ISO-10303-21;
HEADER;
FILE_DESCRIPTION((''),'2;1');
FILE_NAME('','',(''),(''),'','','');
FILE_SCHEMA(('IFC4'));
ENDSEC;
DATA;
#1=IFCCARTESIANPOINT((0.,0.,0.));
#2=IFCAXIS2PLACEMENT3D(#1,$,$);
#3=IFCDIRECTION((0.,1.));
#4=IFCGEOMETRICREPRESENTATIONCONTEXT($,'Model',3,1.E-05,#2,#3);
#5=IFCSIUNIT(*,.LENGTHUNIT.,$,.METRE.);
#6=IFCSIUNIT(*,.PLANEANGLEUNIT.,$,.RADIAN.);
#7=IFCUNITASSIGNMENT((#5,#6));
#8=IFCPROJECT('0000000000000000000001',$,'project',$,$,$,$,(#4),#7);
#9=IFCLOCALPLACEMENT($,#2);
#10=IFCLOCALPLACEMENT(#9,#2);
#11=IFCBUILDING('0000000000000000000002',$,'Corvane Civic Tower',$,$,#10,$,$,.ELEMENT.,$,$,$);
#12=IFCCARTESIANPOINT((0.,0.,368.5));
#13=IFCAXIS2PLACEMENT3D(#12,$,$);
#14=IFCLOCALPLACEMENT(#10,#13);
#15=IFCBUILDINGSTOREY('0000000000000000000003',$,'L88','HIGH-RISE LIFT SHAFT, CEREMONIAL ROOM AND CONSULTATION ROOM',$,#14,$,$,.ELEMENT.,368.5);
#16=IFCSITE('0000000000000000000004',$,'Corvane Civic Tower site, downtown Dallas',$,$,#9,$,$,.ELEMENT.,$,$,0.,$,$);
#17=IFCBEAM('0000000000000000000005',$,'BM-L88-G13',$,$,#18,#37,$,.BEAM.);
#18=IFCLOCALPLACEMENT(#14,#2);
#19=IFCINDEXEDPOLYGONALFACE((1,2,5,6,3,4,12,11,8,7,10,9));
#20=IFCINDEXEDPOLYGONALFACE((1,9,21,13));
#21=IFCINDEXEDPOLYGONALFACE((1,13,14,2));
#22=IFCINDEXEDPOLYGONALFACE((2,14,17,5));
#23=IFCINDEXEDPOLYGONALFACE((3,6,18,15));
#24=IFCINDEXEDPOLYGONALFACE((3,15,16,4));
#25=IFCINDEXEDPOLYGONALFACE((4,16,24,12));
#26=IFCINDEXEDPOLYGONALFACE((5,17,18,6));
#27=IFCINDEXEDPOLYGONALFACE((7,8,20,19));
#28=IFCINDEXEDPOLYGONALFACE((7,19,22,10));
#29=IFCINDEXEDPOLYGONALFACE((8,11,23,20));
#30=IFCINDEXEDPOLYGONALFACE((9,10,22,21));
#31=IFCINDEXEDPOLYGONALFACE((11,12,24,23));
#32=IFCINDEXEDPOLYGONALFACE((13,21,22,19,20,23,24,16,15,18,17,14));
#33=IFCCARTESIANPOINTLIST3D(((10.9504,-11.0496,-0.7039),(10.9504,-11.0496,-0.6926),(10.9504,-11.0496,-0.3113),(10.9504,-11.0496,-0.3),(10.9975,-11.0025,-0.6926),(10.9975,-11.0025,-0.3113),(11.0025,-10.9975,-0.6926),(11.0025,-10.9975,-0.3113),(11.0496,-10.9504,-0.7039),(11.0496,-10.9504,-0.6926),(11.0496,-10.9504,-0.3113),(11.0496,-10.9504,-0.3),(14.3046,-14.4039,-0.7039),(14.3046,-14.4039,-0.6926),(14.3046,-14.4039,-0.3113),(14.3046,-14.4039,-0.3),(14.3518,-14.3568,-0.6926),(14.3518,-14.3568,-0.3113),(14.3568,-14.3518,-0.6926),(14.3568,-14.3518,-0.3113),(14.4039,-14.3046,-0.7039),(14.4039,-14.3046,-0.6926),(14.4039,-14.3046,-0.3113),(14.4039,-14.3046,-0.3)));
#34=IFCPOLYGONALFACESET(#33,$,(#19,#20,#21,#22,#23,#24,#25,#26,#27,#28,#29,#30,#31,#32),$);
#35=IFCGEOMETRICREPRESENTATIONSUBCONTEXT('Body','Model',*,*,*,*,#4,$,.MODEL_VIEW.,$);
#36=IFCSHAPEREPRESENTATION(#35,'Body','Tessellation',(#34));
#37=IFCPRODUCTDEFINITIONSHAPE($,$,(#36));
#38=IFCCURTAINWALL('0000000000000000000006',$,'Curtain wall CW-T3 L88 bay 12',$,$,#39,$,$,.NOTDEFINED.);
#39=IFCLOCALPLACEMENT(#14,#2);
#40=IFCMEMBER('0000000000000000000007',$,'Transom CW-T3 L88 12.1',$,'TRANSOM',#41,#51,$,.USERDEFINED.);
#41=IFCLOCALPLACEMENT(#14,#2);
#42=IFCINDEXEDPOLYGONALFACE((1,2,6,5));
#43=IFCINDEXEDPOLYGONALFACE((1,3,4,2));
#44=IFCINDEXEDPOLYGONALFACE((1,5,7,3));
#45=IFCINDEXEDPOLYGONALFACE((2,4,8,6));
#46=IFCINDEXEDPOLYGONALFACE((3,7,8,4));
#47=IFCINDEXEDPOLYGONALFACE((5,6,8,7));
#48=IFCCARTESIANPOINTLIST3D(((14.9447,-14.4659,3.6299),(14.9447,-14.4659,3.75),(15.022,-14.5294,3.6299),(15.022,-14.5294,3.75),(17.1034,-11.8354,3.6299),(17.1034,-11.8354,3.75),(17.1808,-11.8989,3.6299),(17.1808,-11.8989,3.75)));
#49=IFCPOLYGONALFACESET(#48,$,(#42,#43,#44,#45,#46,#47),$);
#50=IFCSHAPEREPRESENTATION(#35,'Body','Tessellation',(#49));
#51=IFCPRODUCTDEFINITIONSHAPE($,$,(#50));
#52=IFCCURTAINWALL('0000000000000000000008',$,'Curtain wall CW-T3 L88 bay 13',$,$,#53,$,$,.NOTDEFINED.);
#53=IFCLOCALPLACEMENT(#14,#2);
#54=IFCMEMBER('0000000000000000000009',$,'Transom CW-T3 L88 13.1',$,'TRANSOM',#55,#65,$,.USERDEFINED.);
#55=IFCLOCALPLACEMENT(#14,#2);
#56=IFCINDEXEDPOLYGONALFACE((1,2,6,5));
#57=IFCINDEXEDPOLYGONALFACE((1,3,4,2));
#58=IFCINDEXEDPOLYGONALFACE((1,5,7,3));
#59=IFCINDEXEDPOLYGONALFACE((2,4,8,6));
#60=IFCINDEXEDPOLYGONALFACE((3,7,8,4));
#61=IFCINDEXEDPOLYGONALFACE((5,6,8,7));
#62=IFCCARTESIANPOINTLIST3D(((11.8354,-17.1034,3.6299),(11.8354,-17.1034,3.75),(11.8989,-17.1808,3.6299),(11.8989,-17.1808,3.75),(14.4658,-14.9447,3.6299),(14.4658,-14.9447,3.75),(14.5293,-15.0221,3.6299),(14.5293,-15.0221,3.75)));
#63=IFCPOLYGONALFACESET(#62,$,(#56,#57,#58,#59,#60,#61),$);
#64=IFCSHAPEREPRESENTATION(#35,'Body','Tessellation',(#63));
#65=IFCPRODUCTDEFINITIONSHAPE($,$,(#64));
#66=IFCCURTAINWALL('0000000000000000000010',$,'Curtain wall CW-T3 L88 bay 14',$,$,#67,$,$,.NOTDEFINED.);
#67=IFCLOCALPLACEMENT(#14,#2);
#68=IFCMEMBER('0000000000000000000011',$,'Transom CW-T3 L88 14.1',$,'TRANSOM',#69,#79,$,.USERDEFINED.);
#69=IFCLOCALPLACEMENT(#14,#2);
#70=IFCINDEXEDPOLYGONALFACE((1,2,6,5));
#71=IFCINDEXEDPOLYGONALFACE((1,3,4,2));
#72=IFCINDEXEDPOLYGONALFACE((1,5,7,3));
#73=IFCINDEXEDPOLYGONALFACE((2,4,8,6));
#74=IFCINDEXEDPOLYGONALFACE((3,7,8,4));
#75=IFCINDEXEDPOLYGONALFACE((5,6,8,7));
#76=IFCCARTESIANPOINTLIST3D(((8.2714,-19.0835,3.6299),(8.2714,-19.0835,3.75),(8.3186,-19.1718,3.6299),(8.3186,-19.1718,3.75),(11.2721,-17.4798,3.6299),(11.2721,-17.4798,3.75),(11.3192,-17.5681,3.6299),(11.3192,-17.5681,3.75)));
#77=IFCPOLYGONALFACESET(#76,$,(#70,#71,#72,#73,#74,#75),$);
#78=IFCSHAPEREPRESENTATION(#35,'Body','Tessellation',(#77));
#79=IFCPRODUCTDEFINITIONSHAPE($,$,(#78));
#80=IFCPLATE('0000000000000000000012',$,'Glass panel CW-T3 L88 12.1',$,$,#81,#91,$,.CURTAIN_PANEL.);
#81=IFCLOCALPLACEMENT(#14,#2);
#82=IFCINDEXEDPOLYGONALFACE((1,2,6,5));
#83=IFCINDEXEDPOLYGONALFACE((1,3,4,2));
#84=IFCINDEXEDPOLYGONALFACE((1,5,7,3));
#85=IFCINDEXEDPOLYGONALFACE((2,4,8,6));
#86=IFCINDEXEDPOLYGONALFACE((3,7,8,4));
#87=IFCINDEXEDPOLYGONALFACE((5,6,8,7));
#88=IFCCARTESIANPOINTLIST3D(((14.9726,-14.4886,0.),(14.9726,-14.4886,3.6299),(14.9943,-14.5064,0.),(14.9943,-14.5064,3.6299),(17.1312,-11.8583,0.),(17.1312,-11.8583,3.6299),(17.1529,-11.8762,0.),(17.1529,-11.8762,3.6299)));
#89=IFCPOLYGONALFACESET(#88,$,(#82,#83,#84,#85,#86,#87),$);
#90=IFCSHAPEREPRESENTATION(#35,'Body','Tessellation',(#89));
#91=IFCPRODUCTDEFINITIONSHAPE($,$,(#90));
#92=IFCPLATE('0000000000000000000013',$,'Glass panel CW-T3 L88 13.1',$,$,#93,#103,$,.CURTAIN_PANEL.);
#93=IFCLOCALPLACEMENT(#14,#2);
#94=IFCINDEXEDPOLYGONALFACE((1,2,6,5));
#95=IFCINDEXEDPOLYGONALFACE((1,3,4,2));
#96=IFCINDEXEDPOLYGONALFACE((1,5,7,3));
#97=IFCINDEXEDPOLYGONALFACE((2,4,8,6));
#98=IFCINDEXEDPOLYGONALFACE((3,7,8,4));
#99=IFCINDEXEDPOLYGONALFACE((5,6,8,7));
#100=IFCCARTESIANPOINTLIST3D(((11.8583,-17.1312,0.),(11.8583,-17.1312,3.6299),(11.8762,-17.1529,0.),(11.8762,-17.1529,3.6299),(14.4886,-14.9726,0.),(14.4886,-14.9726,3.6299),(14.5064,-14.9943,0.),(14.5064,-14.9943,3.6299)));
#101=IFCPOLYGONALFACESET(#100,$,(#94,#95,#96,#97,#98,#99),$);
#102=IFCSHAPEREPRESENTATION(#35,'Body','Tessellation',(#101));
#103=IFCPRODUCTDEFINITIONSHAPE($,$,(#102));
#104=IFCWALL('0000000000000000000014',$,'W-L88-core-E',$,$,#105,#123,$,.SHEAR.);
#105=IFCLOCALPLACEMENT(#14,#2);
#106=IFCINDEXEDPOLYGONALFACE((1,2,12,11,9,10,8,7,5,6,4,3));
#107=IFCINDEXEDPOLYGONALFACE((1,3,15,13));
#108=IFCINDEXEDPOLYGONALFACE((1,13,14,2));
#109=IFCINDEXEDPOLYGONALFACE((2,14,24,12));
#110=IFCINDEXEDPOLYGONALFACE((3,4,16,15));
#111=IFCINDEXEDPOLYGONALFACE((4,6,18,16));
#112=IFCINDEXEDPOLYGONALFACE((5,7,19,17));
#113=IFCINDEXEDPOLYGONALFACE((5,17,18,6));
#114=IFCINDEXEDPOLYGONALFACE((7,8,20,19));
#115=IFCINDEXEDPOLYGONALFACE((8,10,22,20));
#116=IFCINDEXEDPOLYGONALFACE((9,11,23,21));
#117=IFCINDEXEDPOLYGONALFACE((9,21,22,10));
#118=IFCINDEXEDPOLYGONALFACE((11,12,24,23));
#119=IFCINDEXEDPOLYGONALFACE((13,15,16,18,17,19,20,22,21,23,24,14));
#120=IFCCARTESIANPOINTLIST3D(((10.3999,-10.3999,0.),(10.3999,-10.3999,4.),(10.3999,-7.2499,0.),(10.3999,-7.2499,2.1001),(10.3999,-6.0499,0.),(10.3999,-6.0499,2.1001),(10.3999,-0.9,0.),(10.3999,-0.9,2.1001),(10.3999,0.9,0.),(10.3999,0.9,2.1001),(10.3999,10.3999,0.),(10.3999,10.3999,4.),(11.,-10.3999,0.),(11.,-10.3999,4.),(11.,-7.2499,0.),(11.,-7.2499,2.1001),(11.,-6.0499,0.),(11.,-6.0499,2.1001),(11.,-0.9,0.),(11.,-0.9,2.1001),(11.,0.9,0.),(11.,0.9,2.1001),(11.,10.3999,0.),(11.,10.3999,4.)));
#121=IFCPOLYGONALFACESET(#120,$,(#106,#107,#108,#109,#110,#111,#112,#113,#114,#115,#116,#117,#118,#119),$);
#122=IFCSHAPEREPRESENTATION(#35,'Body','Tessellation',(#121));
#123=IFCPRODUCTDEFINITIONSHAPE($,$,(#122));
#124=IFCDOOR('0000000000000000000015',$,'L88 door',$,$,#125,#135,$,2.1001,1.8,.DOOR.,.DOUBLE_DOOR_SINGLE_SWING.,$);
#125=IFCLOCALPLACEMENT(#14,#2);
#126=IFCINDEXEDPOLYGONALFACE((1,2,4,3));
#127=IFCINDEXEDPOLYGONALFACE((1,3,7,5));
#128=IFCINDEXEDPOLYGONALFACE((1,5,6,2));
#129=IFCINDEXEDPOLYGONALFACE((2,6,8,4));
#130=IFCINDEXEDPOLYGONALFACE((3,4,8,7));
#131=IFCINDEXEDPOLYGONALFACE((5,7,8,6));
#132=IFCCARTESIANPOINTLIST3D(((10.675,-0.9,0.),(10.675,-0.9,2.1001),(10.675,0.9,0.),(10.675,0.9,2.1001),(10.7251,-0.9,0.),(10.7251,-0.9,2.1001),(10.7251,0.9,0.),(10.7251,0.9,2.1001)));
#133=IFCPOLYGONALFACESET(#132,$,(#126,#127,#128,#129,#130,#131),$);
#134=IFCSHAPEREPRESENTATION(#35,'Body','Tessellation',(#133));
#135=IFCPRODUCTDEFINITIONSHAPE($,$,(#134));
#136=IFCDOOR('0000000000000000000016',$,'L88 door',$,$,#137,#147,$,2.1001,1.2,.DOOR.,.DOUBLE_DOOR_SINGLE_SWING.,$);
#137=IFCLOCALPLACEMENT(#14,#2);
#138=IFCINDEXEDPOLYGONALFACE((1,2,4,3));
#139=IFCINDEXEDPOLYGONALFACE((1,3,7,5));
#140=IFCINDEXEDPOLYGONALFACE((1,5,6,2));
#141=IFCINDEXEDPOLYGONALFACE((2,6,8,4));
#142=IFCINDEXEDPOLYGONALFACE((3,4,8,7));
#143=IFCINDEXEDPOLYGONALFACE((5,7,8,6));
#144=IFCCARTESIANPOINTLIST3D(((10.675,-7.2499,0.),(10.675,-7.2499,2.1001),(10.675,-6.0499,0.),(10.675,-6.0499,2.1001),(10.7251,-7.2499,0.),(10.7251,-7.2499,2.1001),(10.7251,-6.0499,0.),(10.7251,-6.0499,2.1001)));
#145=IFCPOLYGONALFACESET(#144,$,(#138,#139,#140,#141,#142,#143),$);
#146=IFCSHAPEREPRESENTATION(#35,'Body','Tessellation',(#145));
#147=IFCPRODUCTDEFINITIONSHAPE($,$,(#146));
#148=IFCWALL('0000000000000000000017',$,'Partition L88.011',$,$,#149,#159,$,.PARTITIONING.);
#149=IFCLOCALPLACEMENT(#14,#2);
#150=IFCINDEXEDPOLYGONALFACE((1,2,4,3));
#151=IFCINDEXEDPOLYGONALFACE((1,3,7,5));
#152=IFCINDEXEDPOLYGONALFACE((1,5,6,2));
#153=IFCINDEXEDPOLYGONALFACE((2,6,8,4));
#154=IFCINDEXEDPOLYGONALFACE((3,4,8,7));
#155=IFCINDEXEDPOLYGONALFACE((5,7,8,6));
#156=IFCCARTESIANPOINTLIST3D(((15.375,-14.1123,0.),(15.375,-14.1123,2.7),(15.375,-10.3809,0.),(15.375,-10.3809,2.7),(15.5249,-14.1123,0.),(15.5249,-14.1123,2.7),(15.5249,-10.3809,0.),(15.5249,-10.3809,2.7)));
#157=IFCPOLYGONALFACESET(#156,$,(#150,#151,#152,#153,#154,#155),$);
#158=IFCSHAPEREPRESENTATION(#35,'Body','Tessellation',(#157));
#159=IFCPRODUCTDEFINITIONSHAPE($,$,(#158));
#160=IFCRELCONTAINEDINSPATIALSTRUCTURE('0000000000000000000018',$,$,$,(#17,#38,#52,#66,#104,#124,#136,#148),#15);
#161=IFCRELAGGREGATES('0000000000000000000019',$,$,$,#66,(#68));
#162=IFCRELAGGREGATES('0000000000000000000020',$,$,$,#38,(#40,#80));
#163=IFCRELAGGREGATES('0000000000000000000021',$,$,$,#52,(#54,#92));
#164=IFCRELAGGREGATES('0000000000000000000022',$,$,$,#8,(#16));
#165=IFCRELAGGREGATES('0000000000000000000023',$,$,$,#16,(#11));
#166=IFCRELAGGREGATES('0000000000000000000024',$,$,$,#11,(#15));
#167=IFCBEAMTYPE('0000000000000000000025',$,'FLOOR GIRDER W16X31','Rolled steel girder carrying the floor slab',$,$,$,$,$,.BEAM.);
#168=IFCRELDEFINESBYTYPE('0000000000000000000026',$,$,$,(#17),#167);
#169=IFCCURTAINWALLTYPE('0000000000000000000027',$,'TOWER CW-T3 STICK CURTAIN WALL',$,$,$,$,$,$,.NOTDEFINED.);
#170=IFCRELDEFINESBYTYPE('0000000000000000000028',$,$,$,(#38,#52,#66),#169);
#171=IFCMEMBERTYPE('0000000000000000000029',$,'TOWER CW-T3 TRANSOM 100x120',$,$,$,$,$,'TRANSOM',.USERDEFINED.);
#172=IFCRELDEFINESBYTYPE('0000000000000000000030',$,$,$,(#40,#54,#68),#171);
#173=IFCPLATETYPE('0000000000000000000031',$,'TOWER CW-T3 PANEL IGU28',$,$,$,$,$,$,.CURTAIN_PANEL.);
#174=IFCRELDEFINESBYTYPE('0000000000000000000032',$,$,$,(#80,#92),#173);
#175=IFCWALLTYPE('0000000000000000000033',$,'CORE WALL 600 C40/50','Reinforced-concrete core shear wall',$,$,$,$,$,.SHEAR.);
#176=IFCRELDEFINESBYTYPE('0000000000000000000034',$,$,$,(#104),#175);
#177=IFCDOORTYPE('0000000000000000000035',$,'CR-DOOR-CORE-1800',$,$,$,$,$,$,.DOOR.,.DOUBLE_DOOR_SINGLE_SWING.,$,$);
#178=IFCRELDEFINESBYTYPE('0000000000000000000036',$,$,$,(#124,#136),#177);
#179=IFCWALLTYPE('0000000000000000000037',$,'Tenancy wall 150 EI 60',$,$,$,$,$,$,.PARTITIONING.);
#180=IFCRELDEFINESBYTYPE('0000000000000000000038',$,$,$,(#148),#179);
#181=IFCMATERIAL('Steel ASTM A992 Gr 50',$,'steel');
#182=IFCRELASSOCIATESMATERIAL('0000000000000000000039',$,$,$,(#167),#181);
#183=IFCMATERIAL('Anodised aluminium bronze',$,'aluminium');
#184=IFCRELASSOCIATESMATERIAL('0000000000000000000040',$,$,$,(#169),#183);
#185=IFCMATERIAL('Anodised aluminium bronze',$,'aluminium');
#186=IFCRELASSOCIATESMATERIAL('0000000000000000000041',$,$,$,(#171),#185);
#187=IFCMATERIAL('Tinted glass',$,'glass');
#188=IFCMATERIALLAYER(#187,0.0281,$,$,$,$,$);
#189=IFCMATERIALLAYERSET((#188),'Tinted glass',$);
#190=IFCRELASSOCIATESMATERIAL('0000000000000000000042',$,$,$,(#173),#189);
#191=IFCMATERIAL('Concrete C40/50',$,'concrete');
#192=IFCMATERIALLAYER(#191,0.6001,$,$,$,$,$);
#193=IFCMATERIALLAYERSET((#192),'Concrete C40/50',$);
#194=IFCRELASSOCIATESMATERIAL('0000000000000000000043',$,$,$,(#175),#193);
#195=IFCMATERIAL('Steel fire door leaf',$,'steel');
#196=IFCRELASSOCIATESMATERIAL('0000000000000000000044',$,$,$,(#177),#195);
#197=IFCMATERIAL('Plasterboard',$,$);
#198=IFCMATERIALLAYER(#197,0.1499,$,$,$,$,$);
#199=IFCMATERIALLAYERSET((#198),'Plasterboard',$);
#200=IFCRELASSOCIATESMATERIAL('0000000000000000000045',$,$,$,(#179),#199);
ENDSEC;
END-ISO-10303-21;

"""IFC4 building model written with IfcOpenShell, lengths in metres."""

from ifc_helpers import new_model, si_unit, direction, frame, frame_2d, origin, origin_2d, place, context, subcontext, project, spatial, rectangle, i_section, extrude, material, layer, layer_set, material_profile, profile_set, type_object, element, fill, aggregate, save


model = new_model("IFC4")

# Units and contexts
model_context = context("Model", 3, precision=1e-05, world=origin(), true_north=direction((0.0, 1.0)))
body_context = subcontext(model_context, "Body", "Model", "MODEL_VIEW")
ifc_project = project(units=[si_unit("LENGTHUNIT", "METRE"), si_unit("PLANEANGLEUNIT", "RADIAN")], contexts=[model_context])

# Site, building, storey
site_placement = place(None, origin())
site = spatial("IfcSite", under=ifc_project, at=site_placement, Name="Corvane Civic Tower site, downtown Dallas", CompositionType="ELEMENT", RefElevation=0.0)
building_placement = place(site_placement, origin())
building = spatial("IfcBuilding", under=site, at=building_placement, Name="Corvane Civic Tower", CompositionType="ELEMENT")
storey_placement = place(building_placement, frame((0.0, 0.0, 368.5)))
storey = spatial("IfcBuildingStorey", under=building, at=storey_placement, Name="L88", Description="HIGH-RISE LIFT SHAFT, CEREMONIAL ROOM AND CONSULTATION ROOM", CompositionType="ELEMENT", Elevation=368.5)

# Beam
ifc_material_1 = material(Name="Steel ASTM A992 Gr 50", Category="steel")
ifc_material_profile_1 = material_profile(ifc_material_1, i_section(OverallWidth=0.1404, OverallDepth=0.4038, WebThickness=0.0071, FlangeThickness=0.0112, at=origin_2d()), Name="W16X31")
ifc_profile_set_1 = profile_set([ifc_material_profile_1], Name="Steel ASTM A992 Gr 50")
beam_type_1 = type_object("IfcBeamType", Name="FLOOR GIRDER W16X31", Description="Rolled steel girder carrying the floor slab", PredefinedType="BEAM", material=ifc_profile_set_1)
beam_placement = place(storey_placement, frame((11.0, -11.0, -0.502), z_axis=(0.707107, -0.707107, 0.0), x_axis=(0.707107, 0.707107, 0.0)))
element("IfcBeam", 1, at=beam_placement, inside=storey, type_object=beam_type_1, Name="BM-L88-G13", PredefinedType="BEAM", context=body_context, shape_type="SweptSolid", body=[
    extrude(i_section(OverallWidth=0.1404, OverallDepth=0.4038, WebThickness=0.0071, FlangeThickness=0.0112, at=origin_2d()), origin(), (0.0, 0.0, 1.0), 4.7437),
])

# Curtain walls, members
ifc_material_2 = material(Name="Anodised aluminium bronze", Category="aluminium")
curtain_wall_type = type_object("IfcCurtainWallType", Name="TOWER CW-T3 STICK CURTAIN WALL", PredefinedType="NOTDEFINED", material=ifc_material_2)
curtain_wall_1_placement = place(storey_placement, origin())
curtain_wall_1 = element("IfcCurtainWall", 2, at=curtain_wall_1_placement, inside=storey, type_object=curtain_wall_type, Name="Curtain wall CW-T3 L88 bay 12", PredefinedType="NOTDEFINED")
ifc_material_3 = material(Name="Anodised aluminium bronze", Category="aluminium")
ifc_material_profile_2 = material_profile(ifc_material_3, rectangle(XDim=0.1001, YDim=0.1201, at=origin_2d()), Name="TOWER CW-T3 TRANSOM 100x120")
ifc_profile_set_2 = profile_set([ifc_material_profile_2], Name="Anodised aluminium bronze")
member_type = type_object("IfcMemberType", Name="TOWER CW-T3 TRANSOM 100x120", ElementType="TRANSOM", PredefinedType="USERDEFINED", material=ifc_profile_set_2)
member_1_placement = place(storey_placement, frame((17.1421, -11.8672, 3.6899), z_axis=(-0.634394, -0.77301, 0.0), x_axis=(0.77301, -0.634394, 0.0)))
member_1 = element("IfcMember", 3, at=member_1_placement, type_object=member_type, Name="Transom CW-T3 L88 12.1", ObjectType="TRANSOM", PredefinedType="USERDEFINED", context=body_context, shape_type="SweptSolid", body=[
    extrude(rectangle(XDim=0.1001, YDim=0.1201, at=origin_2d()), origin(), (0.0, 0.0, 1.0), 3.4028),
])
curtain_wall_2_placement = place(storey_placement, origin())
curtain_wall_2 = element("IfcCurtainWall", 4, at=curtain_wall_2_placement, inside=storey, type_object=curtain_wall_type, Name="Curtain wall CW-T3 L88 bay 13", PredefinedType="NOTDEFINED")
member_2_placement = place(storey_placement, frame((14.4976, -14.9834, 3.6899), z_axis=(-0.77301, -0.634394, 0.0), x_axis=(0.634394, -0.77301, 0.0)))
member_2 = element("IfcMember", 5, at=member_2_placement, type_object=member_type, Name="Transom CW-T3 L88 13.1", ObjectType="TRANSOM", PredefinedType="USERDEFINED", context=body_context, shape_type="SweptSolid", body=[
    extrude(rectangle(XDim=0.1001, YDim=0.1201, at=origin_2d()), origin(), (0.0, 0.0, 1.0), 3.4028),
])
curtain_wall_3_placement = place(storey_placement, origin())
curtain_wall_3 = element("IfcCurtainWall", 6, at=curtain_wall_3_placement, inside=storey, type_object=curtain_wall_type, Name="Curtain wall CW-T3 L88 bay 14", PredefinedType="NOTDEFINED")
member_3_placement = place(storey_placement, frame((11.2957, -17.5239, 3.6899), z_axis=(-0.881941, -0.471359, 0.0), x_axis=(0.471359, -0.881941, 0.0)))
member_3 = element("IfcMember", 7, at=member_3_placement, type_object=member_type, Name="Transom CW-T3 L88 14.1", ObjectType="TRANSOM", PredefinedType="USERDEFINED", context=body_context, shape_type="SweptSolid", body=[
    extrude(rectangle(XDim=0.1001, YDim=0.1201, at=origin_2d()), origin(), (0.0, 0.0, 1.0), 3.4023),
])
aggregate(curtain_wall_3, [member_3])

# Plates
ifc_material_4 = material(Name="Tinted glass", Category="glass")
ifc_layer_1 = layer(ifc_material_4, 0.0281)
ifc_layer_set_1 = layer_set([ifc_layer_1], Name="Tinted glass")
plate_type = type_object("IfcPlateType", Name="TOWER CW-T3 PANEL IGU28", PredefinedType="CURTAIN_PANEL", material=ifc_layer_set_1)
plate_1_placement = place(storey_placement, frame((16.0627, -13.1824, 0.0), z_axis=(0.0, 0.0, 1.0), x_axis=(-0.634393, -0.77301, 0.0)))
plate_1 = element("IfcPlate", 8, at=plate_1_placement, type_object=plate_type, Name="Glass panel CW-T3 L88 12.1", PredefinedType="CURTAIN_PANEL", context=body_context, shape_type="SweptSolid", body=[
    extrude(rectangle(XDim=3.4026, YDim=0.0281, at=origin_2d()), origin(), (0.0, 0.0, 1.0), 3.6299),
])
aggregate(curtain_wall_1, [member_1, plate_1])
plate_2_placement = place(storey_placement, frame((13.1824, -16.0627, 0.0), z_axis=(0.0, 0.0, 1.0), x_axis=(-0.77301, -0.634393, 0.0)))
plate_2 = element("IfcPlate", 9, at=plate_2_placement, type_object=plate_type, Name="Glass panel CW-T3 L88 13.1", PredefinedType="CURTAIN_PANEL", context=body_context, shape_type="SweptSolid", body=[
    extrude(rectangle(XDim=3.4026, YDim=0.0281, at=origin_2d()), origin(), (0.0, 0.0, 1.0), 3.6299),
])
aggregate(curtain_wall_2, [member_2, plate_2])

# Wall, openings, doors
ifc_material_5 = material(Name="Concrete C40/50", Category="concrete")
ifc_layer_2 = layer(ifc_material_5, 0.6001)
ifc_layer_set_2 = layer_set([ifc_layer_2], Name="Concrete C40/50")
wall_type_1 = type_object("IfcWallType", Name="CORE WALL 600 C40/50", Description="Reinforced-concrete core shear wall", PredefinedType="SHEAR", material=ifc_layer_set_2)
wall_1_placement = place(storey_placement, frame((10.7, -10.3999, 0.0), z_axis=(0.0, 0.0, 1.0), x_axis=(0.0, 1.0, 0.0)))
wall_1 = element("IfcWall", 10, at=wall_1_placement, inside=storey, type_object=wall_type_1, Name="W-L88-core-E", PredefinedType="SHEAR", context=body_context, shape_type="SweptSolid", body=[
    extrude(rectangle(XDim=20.7998, YDim=0.6001, at=frame_2d((10.3999, 0.0))), origin(), (0.0, 0.0, 1.0), 4.0),
])
opening_1_placement = place(wall_1_placement, frame((9.5, 0.0, 0.0)))
opening_1 = element("IfcOpeningElement", 11, at=opening_1_placement, cuts=wall_1, PredefinedType="OPENING", context=body_context, shape_type="SweptSolid", body=[
    extrude(rectangle(XDim=1.8, YDim=2.1001, at=frame_2d((0.8999, 1.05))), frame((0.0, 0.3101, 0.0), z_axis=(0.0, -1.0, 0.0), x_axis=(1.0, 0.0, 0.0)), (0.0, 0.0, 1.0), 0.6201),
])
opening_2_placement = place(wall_1_placement, frame((3.1499, 0.0, 0.0)))
opening_2 = element("IfcOpeningElement", 12, at=opening_2_placement, cuts=wall_1, PredefinedType="OPENING", context=body_context, shape_type="SweptSolid", body=[
    extrude(rectangle(XDim=1.2, YDim=2.1001, at=frame_2d((0.6001, 1.05))), frame((0.0, 0.3101, 0.0), z_axis=(0.0, -1.0, 0.0), x_axis=(1.0, 0.0, 0.0)), (0.0, 0.0, 1.0), 0.6201),
])
ifc_material_6 = material(Name="Steel fire door leaf", Category="steel")
door_type_1 = type_object("IfcDoorType", Name="CR-DOOR-CORE-1800", OperationType="DOUBLE_DOOR_SINGLE_SWING", PredefinedType="DOOR", material=ifc_material_6)
door_1_placement = place(opening_1_placement, origin())
door_1 = element("IfcDoor", 13, at=door_1_placement, inside=storey, type_object=door_type_1, Name="L88 door", OperationType="DOUBLE_DOOR_SINGLE_SWING", OverallHeight=2.1001, OverallWidth=1.8, PredefinedType="DOOR", context=body_context, shape_type="SweptSolid", body=[
    extrude(rectangle(XDim=1.8, YDim=2.1001, at=frame_2d((0.8999, 1.05))), frame((0.0, 0.0249, 0.0), z_axis=(0.0, -1.0, 0.0), x_axis=(1.0, 0.0, 0.0)), (0.0, 0.0, 1.0), 0.05),
])
fill(opening_1, door_1)
door_2_placement = place(opening_2_placement, origin())
door_2 = element("IfcDoor", 14, at=door_2_placement, inside=storey, type_object=door_type_1, Name="L88 door", OperationType="DOUBLE_DOOR_SINGLE_SWING", OverallHeight=2.1001, OverallWidth=1.2, PredefinedType="DOOR", context=body_context, shape_type="SweptSolid", body=[
    extrude(rectangle(XDim=1.2, YDim=2.1001, at=frame_2d((0.6001, 1.05))), frame((0.0, 0.0249, 0.0), z_axis=(0.0, -1.0, 0.0), x_axis=(1.0, 0.0, 0.0)), (0.0, 0.0, 1.0), 0.05),
])
fill(opening_2, door_2)

# Wall
ifc_material_7 = material(Name="Plasterboard")
ifc_layer_3 = layer(ifc_material_7, 0.1499)
ifc_layer_set_3 = layer_set([ifc_layer_3], Name="Plasterboard")
wall_type_2 = type_object("IfcWallType", Name="Tenancy wall 150 EI 60", PredefinedType="PARTITIONING", material=ifc_layer_set_3)
wall_2_placement = place(storey_placement, frame((15.45, -14.1123, 0.0), z_axis=(0.0, 0.0, 1.0), x_axis=(0.0, 1.0, 0.0)))
element("IfcWall", 15, at=wall_2_placement, inside=storey, type_object=wall_type_2, Name="Partition L88.011", PredefinedType="PARTITIONING", context=body_context, shape_type="SweptSolid", body=[
    extrude(rectangle(XDim=3.7314, YDim=0.1499, at=frame_2d((1.8657, 0.0))), origin(), (0.0, 0.0, 1.0), 2.7),
])

save(model, "model.ifc")
